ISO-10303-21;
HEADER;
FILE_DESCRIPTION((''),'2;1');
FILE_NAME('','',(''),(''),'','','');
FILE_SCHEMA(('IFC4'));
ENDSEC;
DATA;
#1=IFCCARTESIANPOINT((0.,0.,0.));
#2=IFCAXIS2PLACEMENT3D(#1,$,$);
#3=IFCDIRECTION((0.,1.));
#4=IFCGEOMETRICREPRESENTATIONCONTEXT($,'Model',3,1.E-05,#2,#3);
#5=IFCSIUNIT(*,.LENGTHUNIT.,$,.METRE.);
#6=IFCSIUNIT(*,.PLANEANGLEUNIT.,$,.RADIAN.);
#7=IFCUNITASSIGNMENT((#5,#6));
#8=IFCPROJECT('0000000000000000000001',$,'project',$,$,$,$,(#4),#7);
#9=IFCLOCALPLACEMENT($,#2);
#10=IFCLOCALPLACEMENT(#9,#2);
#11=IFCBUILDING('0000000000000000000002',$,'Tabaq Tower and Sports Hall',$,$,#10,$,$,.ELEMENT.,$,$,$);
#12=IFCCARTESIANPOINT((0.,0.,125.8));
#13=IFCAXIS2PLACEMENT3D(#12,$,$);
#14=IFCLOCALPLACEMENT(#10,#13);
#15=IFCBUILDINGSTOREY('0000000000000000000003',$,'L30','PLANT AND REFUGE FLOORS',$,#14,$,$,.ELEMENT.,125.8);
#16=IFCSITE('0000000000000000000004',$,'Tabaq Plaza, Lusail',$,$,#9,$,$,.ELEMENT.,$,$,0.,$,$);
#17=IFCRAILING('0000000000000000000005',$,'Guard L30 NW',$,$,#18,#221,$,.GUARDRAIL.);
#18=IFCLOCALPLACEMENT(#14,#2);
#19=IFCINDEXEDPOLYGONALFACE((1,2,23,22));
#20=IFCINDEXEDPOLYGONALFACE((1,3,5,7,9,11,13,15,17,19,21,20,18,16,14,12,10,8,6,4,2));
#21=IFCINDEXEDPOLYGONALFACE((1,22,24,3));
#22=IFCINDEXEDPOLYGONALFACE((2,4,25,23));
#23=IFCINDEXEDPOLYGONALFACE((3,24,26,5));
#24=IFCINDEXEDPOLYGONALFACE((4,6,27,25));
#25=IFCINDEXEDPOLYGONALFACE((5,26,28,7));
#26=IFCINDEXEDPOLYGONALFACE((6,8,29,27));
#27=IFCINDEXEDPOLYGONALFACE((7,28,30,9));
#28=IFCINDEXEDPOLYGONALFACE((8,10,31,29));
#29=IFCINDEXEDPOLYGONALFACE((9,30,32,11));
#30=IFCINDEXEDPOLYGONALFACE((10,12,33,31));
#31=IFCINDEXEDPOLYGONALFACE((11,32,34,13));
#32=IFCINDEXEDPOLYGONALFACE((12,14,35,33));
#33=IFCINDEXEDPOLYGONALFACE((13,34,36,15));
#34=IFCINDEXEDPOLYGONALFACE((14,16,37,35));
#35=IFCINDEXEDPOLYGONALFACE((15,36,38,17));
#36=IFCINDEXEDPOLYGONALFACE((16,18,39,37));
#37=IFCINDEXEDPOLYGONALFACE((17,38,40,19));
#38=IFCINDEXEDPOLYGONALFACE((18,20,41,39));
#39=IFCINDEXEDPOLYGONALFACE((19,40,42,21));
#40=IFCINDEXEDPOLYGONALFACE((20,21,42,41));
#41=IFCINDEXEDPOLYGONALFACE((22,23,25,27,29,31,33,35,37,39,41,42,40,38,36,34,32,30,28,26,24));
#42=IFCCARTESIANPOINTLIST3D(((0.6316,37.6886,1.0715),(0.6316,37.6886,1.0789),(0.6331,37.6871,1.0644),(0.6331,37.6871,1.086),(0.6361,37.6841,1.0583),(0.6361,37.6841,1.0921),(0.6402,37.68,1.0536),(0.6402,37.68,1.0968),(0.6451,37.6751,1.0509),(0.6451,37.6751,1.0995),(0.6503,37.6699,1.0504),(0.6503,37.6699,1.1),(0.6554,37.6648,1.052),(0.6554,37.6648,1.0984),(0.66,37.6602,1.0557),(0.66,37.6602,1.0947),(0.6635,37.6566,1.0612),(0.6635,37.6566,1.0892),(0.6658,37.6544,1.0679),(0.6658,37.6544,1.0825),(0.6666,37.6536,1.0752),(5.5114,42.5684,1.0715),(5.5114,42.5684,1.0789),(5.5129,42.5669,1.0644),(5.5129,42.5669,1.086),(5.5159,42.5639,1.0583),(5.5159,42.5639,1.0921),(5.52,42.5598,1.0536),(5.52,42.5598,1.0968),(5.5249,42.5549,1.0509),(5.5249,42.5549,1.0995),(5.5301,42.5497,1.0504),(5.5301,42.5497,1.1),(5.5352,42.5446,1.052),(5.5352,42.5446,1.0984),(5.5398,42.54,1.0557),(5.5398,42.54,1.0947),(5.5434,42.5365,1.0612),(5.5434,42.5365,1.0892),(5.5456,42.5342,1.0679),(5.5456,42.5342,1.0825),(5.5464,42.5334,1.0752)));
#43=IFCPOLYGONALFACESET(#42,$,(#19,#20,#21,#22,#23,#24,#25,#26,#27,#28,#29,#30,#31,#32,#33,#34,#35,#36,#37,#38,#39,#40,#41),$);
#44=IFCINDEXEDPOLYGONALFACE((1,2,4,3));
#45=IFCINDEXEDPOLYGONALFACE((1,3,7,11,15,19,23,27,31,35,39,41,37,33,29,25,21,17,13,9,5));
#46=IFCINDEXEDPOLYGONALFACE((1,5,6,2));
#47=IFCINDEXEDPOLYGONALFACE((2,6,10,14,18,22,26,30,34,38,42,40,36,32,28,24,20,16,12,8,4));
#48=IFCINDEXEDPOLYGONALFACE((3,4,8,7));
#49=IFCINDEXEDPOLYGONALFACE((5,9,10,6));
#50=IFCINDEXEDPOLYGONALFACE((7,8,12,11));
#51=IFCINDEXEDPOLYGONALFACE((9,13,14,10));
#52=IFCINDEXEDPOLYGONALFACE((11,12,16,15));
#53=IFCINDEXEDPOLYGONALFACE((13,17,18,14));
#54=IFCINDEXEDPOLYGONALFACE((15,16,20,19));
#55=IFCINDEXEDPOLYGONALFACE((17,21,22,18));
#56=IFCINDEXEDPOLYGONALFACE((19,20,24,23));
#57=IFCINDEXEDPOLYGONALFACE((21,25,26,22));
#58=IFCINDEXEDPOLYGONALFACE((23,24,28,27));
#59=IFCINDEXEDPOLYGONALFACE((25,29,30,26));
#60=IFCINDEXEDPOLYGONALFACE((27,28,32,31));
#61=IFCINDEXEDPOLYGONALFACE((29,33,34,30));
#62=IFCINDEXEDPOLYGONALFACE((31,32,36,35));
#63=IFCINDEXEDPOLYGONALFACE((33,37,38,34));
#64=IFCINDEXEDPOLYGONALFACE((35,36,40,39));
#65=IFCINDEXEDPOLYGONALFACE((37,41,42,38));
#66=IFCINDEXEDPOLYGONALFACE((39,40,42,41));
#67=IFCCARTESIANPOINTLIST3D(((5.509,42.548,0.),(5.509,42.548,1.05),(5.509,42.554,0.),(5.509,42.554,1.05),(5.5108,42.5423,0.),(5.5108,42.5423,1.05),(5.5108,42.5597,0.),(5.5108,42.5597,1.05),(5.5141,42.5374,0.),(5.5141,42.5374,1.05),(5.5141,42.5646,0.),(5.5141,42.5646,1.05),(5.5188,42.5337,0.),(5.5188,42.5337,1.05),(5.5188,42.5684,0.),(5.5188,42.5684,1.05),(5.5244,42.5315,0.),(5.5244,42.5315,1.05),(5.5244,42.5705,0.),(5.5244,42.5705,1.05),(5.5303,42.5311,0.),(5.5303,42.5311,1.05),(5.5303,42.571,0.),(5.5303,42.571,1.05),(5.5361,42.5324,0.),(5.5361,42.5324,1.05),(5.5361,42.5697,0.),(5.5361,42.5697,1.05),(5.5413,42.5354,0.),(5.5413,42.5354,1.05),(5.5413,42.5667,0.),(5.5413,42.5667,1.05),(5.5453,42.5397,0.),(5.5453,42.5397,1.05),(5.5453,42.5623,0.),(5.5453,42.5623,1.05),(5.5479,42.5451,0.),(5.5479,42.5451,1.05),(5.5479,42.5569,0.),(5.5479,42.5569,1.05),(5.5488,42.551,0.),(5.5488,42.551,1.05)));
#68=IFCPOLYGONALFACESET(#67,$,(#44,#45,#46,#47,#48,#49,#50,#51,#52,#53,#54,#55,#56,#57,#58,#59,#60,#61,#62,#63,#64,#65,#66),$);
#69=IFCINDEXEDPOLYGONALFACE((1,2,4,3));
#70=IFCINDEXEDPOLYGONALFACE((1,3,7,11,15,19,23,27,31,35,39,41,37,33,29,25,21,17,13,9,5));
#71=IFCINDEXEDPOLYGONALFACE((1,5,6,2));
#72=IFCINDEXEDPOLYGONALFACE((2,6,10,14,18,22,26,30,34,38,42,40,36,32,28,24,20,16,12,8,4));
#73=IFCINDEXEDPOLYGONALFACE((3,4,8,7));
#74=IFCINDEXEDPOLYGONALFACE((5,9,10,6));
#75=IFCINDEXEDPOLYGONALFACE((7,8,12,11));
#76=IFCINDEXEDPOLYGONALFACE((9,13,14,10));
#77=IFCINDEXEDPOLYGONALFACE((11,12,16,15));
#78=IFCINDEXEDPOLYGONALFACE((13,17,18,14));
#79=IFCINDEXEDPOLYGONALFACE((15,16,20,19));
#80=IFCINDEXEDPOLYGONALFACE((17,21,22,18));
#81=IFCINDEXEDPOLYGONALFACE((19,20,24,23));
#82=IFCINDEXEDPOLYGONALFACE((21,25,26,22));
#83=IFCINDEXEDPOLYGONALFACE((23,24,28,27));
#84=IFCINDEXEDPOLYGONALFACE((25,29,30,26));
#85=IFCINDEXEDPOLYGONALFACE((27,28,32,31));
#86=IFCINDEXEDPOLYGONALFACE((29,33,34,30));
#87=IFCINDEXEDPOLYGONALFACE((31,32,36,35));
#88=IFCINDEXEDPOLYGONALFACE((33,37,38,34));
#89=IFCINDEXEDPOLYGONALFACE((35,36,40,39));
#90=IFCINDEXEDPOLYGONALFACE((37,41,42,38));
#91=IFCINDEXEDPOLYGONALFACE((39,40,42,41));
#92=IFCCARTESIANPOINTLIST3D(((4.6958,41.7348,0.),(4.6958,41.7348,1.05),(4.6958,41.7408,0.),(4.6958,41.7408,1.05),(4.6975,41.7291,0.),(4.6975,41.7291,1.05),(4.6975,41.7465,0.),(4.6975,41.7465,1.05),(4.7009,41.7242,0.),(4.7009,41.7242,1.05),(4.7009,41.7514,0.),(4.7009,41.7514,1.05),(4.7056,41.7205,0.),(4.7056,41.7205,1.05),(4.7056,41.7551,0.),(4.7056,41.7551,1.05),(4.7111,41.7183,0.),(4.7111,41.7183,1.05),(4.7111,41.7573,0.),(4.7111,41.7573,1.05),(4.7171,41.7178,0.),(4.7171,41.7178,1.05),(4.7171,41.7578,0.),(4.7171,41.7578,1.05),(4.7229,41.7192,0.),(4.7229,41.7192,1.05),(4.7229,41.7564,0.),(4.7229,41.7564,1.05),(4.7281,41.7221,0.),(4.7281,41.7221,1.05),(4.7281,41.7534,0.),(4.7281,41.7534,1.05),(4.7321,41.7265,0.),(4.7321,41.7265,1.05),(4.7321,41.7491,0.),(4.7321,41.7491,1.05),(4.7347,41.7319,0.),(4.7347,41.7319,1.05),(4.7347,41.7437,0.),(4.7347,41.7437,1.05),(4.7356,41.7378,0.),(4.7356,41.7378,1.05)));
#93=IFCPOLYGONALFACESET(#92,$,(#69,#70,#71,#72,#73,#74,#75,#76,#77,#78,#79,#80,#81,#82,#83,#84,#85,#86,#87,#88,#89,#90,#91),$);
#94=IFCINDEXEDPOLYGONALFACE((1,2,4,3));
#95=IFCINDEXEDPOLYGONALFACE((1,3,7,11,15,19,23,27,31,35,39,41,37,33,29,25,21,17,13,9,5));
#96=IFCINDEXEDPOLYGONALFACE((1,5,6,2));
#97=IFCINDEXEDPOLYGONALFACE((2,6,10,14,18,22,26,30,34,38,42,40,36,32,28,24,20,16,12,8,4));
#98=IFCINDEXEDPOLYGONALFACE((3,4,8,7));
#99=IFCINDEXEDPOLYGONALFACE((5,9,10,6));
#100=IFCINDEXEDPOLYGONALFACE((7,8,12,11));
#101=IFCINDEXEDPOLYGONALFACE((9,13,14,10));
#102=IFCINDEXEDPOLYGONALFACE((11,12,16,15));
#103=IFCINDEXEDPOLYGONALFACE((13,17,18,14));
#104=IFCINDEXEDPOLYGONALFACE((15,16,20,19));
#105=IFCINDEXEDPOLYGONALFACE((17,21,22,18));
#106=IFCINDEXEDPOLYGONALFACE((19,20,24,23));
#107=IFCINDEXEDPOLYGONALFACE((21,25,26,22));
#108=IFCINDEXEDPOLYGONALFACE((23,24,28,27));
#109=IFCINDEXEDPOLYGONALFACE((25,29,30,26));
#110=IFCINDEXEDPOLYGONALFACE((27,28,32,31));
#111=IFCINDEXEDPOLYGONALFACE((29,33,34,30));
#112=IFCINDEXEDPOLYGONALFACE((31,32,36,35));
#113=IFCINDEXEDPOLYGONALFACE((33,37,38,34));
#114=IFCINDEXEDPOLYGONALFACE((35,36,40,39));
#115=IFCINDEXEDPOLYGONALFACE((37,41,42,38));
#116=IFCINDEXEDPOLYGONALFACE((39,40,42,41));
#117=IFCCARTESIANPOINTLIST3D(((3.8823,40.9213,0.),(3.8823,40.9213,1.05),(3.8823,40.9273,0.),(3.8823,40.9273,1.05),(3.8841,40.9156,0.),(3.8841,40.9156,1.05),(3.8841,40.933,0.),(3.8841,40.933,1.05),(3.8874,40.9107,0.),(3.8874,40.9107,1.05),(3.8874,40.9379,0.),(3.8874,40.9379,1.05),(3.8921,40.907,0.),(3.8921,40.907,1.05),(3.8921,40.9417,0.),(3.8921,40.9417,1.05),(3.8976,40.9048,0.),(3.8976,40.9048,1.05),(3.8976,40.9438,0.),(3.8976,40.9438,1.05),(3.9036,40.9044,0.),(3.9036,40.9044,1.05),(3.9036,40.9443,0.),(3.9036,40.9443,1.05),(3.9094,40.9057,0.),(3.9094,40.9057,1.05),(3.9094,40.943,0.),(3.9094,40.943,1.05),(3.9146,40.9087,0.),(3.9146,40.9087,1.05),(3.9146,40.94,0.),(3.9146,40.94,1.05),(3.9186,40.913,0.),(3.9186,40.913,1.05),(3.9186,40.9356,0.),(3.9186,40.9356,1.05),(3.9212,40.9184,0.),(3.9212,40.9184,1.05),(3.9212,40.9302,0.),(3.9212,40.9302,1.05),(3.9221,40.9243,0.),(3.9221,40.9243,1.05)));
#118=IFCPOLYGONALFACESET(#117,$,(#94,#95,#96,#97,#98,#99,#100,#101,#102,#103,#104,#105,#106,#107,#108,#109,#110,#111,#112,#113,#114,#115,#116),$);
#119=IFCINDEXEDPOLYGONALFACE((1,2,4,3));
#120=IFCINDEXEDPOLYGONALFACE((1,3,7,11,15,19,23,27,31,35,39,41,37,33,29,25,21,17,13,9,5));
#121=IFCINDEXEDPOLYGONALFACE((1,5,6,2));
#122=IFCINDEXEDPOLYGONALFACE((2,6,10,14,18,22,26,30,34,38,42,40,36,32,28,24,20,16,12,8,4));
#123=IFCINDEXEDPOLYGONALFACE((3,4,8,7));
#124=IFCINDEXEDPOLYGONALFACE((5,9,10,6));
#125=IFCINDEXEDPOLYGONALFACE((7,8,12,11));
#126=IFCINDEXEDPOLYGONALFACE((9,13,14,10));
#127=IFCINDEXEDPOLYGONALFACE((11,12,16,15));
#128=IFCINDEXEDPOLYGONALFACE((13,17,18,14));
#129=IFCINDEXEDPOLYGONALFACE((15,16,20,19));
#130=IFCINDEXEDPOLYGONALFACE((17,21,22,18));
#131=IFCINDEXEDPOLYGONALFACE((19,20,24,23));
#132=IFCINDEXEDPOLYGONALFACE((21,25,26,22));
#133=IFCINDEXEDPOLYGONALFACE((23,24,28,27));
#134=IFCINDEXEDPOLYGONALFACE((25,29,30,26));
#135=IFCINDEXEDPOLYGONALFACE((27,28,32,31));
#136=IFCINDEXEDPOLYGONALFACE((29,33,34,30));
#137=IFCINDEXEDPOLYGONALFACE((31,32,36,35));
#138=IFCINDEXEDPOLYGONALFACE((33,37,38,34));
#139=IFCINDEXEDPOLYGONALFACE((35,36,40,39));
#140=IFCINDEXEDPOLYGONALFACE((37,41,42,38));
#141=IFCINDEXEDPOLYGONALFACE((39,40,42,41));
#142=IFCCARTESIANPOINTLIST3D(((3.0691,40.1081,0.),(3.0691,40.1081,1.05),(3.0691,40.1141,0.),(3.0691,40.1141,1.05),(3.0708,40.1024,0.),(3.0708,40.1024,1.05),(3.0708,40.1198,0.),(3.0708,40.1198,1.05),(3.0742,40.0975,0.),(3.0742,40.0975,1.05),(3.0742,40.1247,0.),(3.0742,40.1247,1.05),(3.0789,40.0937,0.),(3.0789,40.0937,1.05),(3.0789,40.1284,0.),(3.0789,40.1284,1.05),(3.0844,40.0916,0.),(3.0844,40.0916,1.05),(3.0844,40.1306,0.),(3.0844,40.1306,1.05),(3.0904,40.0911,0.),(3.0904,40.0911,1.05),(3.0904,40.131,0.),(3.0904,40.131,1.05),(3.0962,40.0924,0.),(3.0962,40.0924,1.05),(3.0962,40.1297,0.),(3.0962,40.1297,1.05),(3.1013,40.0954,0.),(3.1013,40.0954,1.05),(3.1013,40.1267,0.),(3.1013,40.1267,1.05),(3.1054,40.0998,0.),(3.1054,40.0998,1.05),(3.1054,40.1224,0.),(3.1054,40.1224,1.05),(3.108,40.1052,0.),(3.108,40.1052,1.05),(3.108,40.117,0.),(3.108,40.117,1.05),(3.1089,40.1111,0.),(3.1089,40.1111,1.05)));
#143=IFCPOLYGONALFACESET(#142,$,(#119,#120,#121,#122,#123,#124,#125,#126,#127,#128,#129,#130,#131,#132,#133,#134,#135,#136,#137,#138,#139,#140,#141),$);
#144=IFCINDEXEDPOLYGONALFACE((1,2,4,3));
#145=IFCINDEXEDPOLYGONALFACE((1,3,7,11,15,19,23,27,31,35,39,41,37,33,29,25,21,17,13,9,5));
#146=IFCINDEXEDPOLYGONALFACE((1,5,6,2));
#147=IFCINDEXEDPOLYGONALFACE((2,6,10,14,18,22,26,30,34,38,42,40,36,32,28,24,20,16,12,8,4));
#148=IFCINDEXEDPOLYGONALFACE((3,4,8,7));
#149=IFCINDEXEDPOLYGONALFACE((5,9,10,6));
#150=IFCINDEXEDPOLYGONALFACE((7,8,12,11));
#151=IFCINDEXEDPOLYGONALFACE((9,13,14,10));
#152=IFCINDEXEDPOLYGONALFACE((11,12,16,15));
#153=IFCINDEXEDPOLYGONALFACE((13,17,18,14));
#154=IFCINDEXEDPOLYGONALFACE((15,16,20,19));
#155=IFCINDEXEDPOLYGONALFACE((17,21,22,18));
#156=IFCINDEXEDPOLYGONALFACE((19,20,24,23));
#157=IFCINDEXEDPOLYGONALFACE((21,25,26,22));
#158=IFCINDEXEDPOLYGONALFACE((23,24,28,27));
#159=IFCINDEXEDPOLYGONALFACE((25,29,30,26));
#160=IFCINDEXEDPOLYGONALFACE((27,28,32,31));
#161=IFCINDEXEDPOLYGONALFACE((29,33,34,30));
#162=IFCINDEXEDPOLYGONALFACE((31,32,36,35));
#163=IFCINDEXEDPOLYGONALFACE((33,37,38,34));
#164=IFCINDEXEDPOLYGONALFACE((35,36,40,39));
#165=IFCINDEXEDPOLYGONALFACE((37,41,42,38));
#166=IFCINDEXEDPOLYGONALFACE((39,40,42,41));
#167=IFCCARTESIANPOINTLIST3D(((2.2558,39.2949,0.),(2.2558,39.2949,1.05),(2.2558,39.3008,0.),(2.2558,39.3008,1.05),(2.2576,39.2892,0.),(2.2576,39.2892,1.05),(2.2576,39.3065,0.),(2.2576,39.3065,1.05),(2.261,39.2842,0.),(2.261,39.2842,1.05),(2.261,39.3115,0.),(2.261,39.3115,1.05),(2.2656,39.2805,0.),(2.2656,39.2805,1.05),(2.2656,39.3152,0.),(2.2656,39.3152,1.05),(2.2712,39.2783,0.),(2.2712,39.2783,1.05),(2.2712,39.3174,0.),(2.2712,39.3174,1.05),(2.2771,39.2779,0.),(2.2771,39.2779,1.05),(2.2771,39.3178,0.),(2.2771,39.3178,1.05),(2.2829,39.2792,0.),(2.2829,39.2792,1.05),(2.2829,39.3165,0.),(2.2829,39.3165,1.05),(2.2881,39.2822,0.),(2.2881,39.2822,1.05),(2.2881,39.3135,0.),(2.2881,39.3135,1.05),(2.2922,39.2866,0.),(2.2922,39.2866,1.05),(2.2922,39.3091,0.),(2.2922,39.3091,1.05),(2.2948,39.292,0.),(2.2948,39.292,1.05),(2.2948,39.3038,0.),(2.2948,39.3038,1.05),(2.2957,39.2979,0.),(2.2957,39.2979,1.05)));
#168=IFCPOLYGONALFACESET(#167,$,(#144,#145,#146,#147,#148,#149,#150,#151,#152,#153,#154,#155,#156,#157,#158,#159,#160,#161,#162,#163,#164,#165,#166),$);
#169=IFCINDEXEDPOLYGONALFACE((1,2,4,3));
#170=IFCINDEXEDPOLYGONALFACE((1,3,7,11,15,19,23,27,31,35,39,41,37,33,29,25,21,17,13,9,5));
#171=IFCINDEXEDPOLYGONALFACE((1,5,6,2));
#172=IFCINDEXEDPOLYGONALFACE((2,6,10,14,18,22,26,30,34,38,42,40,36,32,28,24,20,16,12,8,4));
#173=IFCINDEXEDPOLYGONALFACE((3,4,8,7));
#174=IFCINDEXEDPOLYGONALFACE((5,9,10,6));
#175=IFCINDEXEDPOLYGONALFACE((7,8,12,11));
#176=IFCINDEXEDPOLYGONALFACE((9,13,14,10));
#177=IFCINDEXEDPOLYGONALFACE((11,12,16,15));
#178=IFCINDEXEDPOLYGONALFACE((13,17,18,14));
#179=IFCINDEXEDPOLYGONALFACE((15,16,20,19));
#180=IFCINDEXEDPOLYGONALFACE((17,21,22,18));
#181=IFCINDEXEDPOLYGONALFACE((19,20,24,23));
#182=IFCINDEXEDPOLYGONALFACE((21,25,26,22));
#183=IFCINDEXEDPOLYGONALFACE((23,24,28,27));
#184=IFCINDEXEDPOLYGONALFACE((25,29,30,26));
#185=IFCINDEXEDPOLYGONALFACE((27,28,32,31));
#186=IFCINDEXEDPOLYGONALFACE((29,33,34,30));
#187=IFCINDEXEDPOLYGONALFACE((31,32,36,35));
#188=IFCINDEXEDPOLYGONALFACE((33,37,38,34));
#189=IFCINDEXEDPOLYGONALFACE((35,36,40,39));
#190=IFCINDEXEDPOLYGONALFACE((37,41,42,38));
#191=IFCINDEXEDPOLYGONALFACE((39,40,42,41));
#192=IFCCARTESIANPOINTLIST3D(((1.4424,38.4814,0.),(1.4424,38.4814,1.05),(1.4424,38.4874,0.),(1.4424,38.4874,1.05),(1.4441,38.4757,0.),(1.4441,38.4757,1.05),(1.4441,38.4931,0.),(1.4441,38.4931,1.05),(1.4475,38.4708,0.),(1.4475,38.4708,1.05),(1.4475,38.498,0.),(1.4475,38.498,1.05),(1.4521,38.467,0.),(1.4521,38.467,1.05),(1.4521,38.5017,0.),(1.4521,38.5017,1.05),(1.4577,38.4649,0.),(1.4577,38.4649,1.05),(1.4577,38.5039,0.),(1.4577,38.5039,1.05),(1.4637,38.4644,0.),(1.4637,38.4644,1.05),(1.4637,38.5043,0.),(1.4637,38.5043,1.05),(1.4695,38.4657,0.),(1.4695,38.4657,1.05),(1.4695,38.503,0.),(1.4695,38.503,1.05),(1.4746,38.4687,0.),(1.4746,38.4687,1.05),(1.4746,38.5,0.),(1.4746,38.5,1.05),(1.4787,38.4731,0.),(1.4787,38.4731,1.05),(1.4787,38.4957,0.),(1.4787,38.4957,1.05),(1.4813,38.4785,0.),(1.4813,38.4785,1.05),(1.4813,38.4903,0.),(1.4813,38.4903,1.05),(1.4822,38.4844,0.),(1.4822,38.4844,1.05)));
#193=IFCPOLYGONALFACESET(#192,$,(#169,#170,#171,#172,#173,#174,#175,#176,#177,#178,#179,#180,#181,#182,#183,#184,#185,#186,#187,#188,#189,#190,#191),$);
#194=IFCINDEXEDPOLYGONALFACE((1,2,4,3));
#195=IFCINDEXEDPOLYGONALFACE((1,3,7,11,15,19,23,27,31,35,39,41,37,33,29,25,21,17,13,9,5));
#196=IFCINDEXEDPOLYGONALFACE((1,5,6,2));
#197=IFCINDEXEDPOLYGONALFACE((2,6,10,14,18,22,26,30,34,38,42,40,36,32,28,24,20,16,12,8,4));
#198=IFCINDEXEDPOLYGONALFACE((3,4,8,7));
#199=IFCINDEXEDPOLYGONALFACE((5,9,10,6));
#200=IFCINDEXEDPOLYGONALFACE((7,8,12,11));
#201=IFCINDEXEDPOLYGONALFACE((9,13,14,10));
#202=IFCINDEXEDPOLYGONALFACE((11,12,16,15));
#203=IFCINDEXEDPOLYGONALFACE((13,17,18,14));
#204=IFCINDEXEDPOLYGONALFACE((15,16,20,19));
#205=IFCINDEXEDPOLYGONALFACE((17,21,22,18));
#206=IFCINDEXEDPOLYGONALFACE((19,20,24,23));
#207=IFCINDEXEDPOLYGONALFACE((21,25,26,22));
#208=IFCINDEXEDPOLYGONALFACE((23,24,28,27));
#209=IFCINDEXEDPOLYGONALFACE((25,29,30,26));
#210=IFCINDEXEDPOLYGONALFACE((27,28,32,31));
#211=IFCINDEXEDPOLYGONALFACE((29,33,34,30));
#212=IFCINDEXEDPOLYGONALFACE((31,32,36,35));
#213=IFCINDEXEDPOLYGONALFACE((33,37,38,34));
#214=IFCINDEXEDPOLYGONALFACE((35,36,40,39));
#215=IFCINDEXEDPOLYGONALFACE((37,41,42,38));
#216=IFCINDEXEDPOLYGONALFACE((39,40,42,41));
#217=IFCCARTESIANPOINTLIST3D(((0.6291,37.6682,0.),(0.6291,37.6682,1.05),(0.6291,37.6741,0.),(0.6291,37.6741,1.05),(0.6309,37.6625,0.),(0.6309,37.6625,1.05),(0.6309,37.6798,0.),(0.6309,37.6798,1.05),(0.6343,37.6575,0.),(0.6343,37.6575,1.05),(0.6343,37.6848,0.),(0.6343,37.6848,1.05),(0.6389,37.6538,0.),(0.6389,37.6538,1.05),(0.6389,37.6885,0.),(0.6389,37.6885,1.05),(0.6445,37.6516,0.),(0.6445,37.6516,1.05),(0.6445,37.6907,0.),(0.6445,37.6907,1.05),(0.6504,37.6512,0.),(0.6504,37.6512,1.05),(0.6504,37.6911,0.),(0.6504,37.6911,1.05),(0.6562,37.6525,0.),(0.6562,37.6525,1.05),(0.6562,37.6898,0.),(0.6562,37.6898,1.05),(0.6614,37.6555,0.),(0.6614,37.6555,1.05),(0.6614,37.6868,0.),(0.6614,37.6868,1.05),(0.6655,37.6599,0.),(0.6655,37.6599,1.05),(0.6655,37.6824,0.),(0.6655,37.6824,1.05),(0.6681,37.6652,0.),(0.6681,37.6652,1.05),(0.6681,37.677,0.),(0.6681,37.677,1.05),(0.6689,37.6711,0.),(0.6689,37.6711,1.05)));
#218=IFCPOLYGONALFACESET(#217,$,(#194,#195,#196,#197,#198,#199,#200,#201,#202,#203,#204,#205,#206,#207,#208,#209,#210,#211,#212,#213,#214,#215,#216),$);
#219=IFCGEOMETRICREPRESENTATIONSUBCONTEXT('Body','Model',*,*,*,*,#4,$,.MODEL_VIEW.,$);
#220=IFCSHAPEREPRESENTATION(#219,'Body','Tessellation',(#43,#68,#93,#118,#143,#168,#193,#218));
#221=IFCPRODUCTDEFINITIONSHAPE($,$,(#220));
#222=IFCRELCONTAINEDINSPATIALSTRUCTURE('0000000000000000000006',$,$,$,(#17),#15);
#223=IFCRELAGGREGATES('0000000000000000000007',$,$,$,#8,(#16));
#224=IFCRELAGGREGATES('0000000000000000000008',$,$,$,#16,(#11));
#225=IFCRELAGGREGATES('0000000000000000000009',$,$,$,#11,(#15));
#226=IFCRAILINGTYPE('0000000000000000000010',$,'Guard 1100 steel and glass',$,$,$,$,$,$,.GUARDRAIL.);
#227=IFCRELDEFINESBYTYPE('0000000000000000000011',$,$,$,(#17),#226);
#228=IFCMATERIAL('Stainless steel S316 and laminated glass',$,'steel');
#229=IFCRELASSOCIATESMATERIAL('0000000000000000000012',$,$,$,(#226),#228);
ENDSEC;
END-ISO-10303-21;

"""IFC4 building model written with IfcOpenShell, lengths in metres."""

from ifc_helpers import new_model, si_unit, direction, frame, origin, origin_2d, place, context, subcontext, project, spatial, circle, extrude, material, type_object, element, save


model = new_model("IFC4")

# Units and contexts
model_context = context("Model", 3, precision=1e-05, world=origin(), true_north=direction((0.0, 1.0)))
body_context = subcontext(model_context, "Body", "Model", "MODEL_VIEW")
ifc_project = project(units=[si_unit("LENGTHUNIT", "METRE"), si_unit("PLANEANGLEUNIT", "RADIAN")], contexts=[model_context])

# Site, building, storey
site_placement = place(None, origin())
site = spatial("IfcSite", under=ifc_project, at=site_placement, Name="Tabaq Plaza, Lusail", CompositionType="ELEMENT", RefElevation=0.0)
building_placement = place(site_placement, origin())
building = spatial("IfcBuilding", under=site, at=building_placement, Name="Tabaq Tower and Sports Hall", CompositionType="ELEMENT")
storey_placement = place(building_placement, frame((0.0, 0.0, 125.8)))
storey = spatial("IfcBuildingStorey", under=building, at=storey_placement, Name="L30", Description="PLANT AND REFUGE FLOORS", CompositionType="ELEMENT", Elevation=125.8)

# Railing
ifc_material_1 = material(Name="Stainless steel S316 and laminated glass", Category="steel")
railing_type = type_object("IfcRailingType", Name="Guard 1100 steel and glass", PredefinedType="GUARDRAIL", material=ifc_material_1)
railing_1_placement = place(storey_placement, frame((5.5288, 42.551, 0.0)))
element("IfcRailing", 1, at=railing_1_placement, inside=storey, type_object=railing_type, Name="Guard L30 NW", PredefinedType="GUARDRAIL", context=body_context, shape_type="SweptSolid", body=[
    extrude(circle(Radius=0.0249, at=origin_2d()), frame((0.0, 0.0, 1.0752), z_axis=(-0.707107, -0.707107, 0.0), x_axis=(0.707107, -0.707107, 0.0)), (0.0, 0.0, 1.0), 6.9011),
    extrude(circle(Radius=0.02, at=origin_2d()), origin(), (0.0, 0.0, 1.0), 1.05),
    extrude(circle(Radius=0.02, at=origin_2d()), frame((-0.8132, -0.8132, 0.0)), (0.0, 0.0, 1.0), 1.05),
    extrude(circle(Radius=0.02, at=origin_2d()), frame((-1.6267, -1.6267, 0.0)), (0.0, 0.0, 1.0), 1.05),
    extrude(circle(Radius=0.02, at=origin_2d()), frame((-2.4399, -2.4399, 0.0)), (0.0, 0.0, 1.0), 1.05),
    extrude(circle(Radius=0.02, at=origin_2d()), frame((-3.2532, -3.2532, 0.0)), (0.0, 0.0, 1.0), 1.05),
    extrude(circle(Radius=0.02, at=origin_2d()), frame((-4.0667, -4.0667, 0.0)), (0.0, 0.0, 1.0), 1.05),
    extrude(circle(Radius=0.02, at=origin_2d()), frame((-4.8799, -4.8799, 0.0)), (0.0, 0.0, 1.0), 1.05),
])

save(model, "model.ifc")
